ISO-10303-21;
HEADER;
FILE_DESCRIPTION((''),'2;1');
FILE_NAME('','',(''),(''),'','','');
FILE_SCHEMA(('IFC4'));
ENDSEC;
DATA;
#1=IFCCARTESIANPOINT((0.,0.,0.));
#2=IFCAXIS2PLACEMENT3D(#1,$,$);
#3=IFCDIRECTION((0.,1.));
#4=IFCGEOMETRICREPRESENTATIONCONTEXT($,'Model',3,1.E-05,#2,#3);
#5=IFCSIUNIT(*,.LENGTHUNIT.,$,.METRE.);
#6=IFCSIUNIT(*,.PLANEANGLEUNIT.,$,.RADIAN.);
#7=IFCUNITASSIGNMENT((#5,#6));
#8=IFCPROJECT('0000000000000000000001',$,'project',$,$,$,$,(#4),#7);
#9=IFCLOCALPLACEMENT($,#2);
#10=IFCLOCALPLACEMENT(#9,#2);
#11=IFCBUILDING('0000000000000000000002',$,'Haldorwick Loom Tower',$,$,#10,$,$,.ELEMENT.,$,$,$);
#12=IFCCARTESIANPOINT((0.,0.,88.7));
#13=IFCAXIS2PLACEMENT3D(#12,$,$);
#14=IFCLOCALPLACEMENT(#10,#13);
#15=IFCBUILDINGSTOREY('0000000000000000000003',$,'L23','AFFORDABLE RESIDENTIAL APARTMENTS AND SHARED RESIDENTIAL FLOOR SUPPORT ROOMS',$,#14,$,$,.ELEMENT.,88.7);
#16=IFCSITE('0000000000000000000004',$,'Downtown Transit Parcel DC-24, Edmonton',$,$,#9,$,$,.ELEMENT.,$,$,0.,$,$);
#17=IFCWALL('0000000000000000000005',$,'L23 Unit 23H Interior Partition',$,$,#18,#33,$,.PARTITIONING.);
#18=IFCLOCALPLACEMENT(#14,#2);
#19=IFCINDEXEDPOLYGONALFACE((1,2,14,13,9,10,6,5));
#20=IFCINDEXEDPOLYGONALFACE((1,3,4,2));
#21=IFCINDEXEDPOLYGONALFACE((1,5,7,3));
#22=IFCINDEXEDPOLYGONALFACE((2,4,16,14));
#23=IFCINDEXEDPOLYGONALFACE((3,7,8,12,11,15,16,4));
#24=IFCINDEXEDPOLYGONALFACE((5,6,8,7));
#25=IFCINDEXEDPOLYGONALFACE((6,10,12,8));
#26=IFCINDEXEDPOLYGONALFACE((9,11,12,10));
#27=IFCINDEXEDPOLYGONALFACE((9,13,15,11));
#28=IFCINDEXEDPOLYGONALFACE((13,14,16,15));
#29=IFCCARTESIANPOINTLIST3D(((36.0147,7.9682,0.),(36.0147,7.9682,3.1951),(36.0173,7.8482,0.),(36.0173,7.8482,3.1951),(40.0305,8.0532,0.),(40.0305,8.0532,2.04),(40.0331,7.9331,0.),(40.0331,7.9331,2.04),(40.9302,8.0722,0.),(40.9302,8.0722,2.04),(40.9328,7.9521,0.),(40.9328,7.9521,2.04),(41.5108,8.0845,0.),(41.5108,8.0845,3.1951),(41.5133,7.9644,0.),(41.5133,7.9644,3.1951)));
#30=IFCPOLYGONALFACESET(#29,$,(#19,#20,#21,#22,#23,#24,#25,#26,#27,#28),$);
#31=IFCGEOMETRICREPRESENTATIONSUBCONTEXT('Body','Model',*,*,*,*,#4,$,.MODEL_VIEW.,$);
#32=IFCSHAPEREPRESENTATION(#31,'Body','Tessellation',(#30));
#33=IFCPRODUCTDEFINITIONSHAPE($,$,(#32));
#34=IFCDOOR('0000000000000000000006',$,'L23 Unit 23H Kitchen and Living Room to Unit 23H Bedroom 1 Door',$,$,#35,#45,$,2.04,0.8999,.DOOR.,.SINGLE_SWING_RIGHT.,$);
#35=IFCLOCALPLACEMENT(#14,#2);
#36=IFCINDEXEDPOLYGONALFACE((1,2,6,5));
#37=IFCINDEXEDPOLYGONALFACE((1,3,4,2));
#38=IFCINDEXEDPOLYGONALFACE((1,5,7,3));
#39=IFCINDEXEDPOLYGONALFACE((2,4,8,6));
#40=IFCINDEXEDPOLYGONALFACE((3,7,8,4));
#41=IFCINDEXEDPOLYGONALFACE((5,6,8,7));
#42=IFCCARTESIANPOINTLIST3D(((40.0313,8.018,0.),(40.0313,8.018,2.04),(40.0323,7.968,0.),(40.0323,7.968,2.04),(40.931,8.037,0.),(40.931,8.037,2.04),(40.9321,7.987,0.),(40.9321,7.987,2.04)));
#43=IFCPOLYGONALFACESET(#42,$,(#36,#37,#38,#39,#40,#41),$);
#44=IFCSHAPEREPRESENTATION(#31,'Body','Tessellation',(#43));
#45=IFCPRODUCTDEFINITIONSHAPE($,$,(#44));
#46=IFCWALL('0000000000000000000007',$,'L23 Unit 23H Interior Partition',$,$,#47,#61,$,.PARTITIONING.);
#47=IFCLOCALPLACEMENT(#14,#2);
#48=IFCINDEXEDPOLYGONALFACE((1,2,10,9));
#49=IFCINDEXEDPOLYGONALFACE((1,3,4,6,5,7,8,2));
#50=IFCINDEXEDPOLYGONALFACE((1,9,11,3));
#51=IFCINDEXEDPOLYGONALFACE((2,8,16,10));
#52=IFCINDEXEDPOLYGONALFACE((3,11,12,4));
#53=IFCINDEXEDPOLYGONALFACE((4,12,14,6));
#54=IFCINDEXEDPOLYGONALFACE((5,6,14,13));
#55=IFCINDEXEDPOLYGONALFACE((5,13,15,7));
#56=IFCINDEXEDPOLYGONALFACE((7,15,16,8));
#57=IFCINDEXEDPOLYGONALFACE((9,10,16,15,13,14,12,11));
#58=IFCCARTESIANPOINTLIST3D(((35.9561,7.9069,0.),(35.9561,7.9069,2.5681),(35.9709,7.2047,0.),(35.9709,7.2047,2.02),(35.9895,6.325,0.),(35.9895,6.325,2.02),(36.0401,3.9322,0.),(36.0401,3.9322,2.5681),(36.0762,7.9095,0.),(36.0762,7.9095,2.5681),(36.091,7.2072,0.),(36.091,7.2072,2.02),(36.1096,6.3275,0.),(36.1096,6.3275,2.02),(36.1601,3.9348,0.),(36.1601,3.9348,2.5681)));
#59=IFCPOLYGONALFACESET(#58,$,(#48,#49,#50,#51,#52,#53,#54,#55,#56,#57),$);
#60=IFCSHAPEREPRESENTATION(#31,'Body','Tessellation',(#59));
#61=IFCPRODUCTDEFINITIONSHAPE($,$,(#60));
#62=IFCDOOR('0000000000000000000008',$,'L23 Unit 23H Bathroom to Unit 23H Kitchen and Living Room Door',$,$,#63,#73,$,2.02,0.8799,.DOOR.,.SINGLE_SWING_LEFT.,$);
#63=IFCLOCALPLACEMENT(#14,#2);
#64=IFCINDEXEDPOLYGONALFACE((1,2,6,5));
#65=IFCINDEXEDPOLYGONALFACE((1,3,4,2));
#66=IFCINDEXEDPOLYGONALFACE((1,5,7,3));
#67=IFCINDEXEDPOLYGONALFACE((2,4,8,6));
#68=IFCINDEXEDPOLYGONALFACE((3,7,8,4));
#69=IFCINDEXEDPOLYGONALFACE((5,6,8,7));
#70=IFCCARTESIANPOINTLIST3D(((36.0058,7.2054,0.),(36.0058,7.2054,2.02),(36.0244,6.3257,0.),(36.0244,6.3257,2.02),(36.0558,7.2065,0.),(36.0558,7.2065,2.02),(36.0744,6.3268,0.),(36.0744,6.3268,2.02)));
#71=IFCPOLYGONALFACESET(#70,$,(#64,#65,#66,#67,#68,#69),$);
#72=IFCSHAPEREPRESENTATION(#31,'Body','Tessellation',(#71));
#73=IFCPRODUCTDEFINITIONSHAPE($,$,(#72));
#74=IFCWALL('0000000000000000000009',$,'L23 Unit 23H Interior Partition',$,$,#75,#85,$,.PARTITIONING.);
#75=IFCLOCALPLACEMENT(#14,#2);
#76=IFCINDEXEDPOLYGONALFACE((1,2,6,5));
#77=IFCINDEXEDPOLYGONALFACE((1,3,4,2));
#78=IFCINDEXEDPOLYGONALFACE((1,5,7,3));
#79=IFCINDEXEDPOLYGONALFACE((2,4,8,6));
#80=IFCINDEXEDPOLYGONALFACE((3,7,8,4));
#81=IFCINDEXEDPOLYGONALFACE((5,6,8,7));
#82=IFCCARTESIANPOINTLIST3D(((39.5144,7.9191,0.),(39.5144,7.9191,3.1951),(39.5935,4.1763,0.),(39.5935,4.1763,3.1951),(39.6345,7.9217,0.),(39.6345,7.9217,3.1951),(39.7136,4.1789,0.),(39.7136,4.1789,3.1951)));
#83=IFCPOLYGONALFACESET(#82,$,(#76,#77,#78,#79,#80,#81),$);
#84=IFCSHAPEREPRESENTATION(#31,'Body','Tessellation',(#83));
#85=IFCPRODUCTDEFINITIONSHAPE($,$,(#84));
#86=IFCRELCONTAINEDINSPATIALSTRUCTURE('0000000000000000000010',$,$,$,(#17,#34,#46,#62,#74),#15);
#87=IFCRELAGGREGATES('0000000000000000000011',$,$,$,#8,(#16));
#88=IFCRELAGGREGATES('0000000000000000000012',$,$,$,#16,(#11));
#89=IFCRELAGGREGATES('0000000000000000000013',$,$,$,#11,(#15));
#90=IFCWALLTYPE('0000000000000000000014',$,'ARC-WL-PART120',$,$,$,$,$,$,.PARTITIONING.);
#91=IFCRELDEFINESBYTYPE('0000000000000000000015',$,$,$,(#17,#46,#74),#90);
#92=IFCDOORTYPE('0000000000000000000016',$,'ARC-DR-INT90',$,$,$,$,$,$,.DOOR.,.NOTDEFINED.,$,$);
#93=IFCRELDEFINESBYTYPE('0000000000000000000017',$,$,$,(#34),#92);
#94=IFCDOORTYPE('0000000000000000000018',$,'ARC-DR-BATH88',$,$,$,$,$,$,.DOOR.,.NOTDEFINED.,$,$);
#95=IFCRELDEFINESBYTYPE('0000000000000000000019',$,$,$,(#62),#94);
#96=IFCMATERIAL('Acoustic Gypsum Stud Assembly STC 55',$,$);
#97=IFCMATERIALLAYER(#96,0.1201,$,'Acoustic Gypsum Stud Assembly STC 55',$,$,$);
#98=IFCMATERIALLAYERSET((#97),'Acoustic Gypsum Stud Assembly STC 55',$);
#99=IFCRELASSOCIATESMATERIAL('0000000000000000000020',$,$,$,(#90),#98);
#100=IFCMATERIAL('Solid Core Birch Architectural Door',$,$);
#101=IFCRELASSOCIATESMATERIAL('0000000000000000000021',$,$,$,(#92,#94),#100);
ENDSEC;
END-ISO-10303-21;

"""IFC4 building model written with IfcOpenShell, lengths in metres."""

from ifc_helpers import new_model, si_unit, direction, frame, frame_2d, origin, place, context, subcontext, project, spatial, rectangle, extrude, material, layer, layer_set, type_object, element, fill, save


model = new_model("IFC4")

# Units and contexts
model_context = context("Model", 3, precision=1e-05, world=origin(), true_north=direction((0.0, 1.0)))
body_context = subcontext(model_context, "Body", "Model", "MODEL_VIEW")
ifc_project = project(units=[si_unit("LENGTHUNIT", "METRE"), si_unit("PLANEANGLEUNIT", "RADIAN")], contexts=[model_context])

# Site, building, storey
site_placement = place(None, origin())
site = spatial("IfcSite", under=ifc_project, at=site_placement, Name="Downtown Transit Parcel DC-24, Edmonton", CompositionType="ELEMENT", RefElevation=0.0)
building_placement = place(site_placement, origin())
building = spatial("IfcBuilding", under=site, at=building_placement, Name="Haldorwick Loom Tower", CompositionType="ELEMENT")
storey_placement = place(building_placement, frame((0.0, 0.0, 88.7)))
storey = spatial("IfcBuildingStorey", under=building, at=storey_placement, Name="L23", Description="AFFORDABLE RESIDENTIAL APARTMENTS AND SHARED RESIDENTIAL FLOOR SUPPORT ROOMS", CompositionType="ELEMENT", Elevation=88.7)

# Walls, openings, doors
ifc_material_1 = material(Name="Acoustic Gypsum Stud Assembly STC 55")
ifc_layer_1 = layer(ifc_material_1, 0.1201, Name="Acoustic Gypsum Stud Assembly STC 55")
ifc_layer_set_1 = layer_set([ifc_layer_1], Name="Acoustic Gypsum Stud Assembly STC 55")
wall_type_1 = type_object("IfcWallType", Name="ARC-WL-PART120", PredefinedType="PARTITIONING", material=ifc_layer_set_1)
wall_1_placement = place(storey_placement, frame((36.0161, 7.9082, 0.0), z_axis=(0.0, 0.0, 1.0), x_axis=(0.999777, 0.02114, 0.0)))
wall_1 = element("IfcWall", 1, at=wall_1_placement, inside=storey, type_object=wall_type_1, Name="L23 Unit 23H Interior Partition", PredefinedType="PARTITIONING", context=body_context, shape_type="SweptSolid", body=[
    extrude(rectangle(XDim=5.4973, YDim=0.1201, at=frame_2d((2.7485, 0.0))), origin(), (0.0, 0.0, 1.0), 3.1951),
])
opening_1_placement = place(wall_1_placement, frame((4.0166, 0.0, 0.0)))
opening_1 = element("IfcOpeningElement", 2, at=opening_1_placement, cuts=wall_1, PredefinedType="OPENING", context=body_context, shape_type="SweptSolid", body=[
    extrude(rectangle(XDim=0.8999, YDim=2.04, at=frame_2d((0.45, 1.02))), frame((0.0, 0.0701, 0.0), z_axis=(0.0, -1.0, 0.0), x_axis=(1.0, 0.0, 0.0)), (0.0, 0.0, 1.0), 0.1401),
])
ifc_material_2 = material(Name="Solid Core Birch Architectural Door")
door_type_1 = type_object("IfcDoorType", Name="ARC-DR-INT90", OperationType="NOTDEFINED", PredefinedType="DOOR", material=ifc_material_2)
door_1_placement = place(opening_1_placement, origin())
door_1 = element("IfcDoor", 3, at=door_1_placement, inside=storey, type_object=door_type_1, Name="L23 Unit 23H Kitchen and Living Room to Unit 23H Bedroom 1 Door", OperationType="SINGLE_SWING_RIGHT", OverallHeight=2.04, OverallWidth=0.8999, PredefinedType="DOOR", context=body_context, shape_type="SweptSolid", body=[
    extrude(rectangle(XDim=0.8999, YDim=2.04, at=frame_2d((0.45, 1.02))), frame((0.0, 0.0249, 0.0), z_axis=(0.0, -1.0, 0.0), x_axis=(1.0, 0.0, 0.0)), (0.0, 0.0, 1.0), 0.05),
])
fill(opening_1, door_1)
wall_2_placement = place(storey_placement, frame((36.0161, 7.9082, 0.0), z_axis=(0.0, 0.0, 1.0), x_axis=(0.021126, -0.999777, 0.0)))
wall_2 = element("IfcWall", 4, at=wall_2_placement, inside=storey, type_object=wall_type_1, Name="L23 Unit 23H Interior Partition", PredefinedType="PARTITIONING", context=body_context, shape_type="SweptSolid", body=[
    extrude(rectangle(XDim=3.9756, YDim=0.1201, at=frame_2d((1.9878, 0.0))), origin(), (0.0, 0.0, 1.0), 2.5681),
])
opening_2_placement = place(wall_2_placement, frame((0.7024, 0.0, 0.0)))
opening_2 = element("IfcOpeningElement", 5, at=opening_2_placement, cuts=wall_2, PredefinedType="OPENING", context=body_context, shape_type="SweptSolid", body=[
    extrude(rectangle(XDim=0.8799, YDim=2.02, at=frame_2d((0.4399, 1.01))), frame((0.0, 0.0701, 0.0), z_axis=(0.0, -1.0, 0.0), x_axis=(1.0, 0.0, 0.0)), (0.0, 0.0, 1.0), 0.1401),
])
door_type_2 = type_object("IfcDoorType", Name="ARC-DR-BATH88", OperationType="NOTDEFINED", PredefinedType="DOOR", material=ifc_material_2)
door_2_placement = place(opening_2_placement, origin())
door_2 = element("IfcDoor", 6, at=door_2_placement, inside=storey, type_object=door_type_2, Name="L23 Unit 23H Bathroom to Unit 23H Kitchen and Living Room Door", OperationType="SINGLE_SWING_LEFT", OverallHeight=2.02, OverallWidth=0.8799, PredefinedType="DOOR", context=body_context, shape_type="SweptSolid", body=[
    extrude(rectangle(XDim=0.8799, YDim=2.02, at=frame_2d((0.4399, 1.01))), frame((0.0, 0.0249, 0.0), z_axis=(0.0, -1.0, 0.0), x_axis=(1.0, 0.0, 0.0)), (0.0, 0.0, 1.0), 0.05),
])
fill(opening_2, door_2)

# Wall
wall_3_placement = place(storey_placement, frame((39.5745, 7.9204, 0.0), z_axis=(0.0, 0.0, 1.0), x_axis=(0.021129, -0.999777, 0.0)))
element("IfcWall", 7, at=wall_3_placement, inside=storey, type_object=wall_type_1, Name="L23 Unit 23H Interior Partition", PredefinedType="PARTITIONING", context=body_context, shape_type="SweptSolid", body=[
    extrude(rectangle(XDim=3.7437, YDim=0.1201, at=frame_2d((1.8718, 0.0))), origin(), (0.0, 0.0, 1.0), 3.1951),
])

save(model, "model.ifc")
